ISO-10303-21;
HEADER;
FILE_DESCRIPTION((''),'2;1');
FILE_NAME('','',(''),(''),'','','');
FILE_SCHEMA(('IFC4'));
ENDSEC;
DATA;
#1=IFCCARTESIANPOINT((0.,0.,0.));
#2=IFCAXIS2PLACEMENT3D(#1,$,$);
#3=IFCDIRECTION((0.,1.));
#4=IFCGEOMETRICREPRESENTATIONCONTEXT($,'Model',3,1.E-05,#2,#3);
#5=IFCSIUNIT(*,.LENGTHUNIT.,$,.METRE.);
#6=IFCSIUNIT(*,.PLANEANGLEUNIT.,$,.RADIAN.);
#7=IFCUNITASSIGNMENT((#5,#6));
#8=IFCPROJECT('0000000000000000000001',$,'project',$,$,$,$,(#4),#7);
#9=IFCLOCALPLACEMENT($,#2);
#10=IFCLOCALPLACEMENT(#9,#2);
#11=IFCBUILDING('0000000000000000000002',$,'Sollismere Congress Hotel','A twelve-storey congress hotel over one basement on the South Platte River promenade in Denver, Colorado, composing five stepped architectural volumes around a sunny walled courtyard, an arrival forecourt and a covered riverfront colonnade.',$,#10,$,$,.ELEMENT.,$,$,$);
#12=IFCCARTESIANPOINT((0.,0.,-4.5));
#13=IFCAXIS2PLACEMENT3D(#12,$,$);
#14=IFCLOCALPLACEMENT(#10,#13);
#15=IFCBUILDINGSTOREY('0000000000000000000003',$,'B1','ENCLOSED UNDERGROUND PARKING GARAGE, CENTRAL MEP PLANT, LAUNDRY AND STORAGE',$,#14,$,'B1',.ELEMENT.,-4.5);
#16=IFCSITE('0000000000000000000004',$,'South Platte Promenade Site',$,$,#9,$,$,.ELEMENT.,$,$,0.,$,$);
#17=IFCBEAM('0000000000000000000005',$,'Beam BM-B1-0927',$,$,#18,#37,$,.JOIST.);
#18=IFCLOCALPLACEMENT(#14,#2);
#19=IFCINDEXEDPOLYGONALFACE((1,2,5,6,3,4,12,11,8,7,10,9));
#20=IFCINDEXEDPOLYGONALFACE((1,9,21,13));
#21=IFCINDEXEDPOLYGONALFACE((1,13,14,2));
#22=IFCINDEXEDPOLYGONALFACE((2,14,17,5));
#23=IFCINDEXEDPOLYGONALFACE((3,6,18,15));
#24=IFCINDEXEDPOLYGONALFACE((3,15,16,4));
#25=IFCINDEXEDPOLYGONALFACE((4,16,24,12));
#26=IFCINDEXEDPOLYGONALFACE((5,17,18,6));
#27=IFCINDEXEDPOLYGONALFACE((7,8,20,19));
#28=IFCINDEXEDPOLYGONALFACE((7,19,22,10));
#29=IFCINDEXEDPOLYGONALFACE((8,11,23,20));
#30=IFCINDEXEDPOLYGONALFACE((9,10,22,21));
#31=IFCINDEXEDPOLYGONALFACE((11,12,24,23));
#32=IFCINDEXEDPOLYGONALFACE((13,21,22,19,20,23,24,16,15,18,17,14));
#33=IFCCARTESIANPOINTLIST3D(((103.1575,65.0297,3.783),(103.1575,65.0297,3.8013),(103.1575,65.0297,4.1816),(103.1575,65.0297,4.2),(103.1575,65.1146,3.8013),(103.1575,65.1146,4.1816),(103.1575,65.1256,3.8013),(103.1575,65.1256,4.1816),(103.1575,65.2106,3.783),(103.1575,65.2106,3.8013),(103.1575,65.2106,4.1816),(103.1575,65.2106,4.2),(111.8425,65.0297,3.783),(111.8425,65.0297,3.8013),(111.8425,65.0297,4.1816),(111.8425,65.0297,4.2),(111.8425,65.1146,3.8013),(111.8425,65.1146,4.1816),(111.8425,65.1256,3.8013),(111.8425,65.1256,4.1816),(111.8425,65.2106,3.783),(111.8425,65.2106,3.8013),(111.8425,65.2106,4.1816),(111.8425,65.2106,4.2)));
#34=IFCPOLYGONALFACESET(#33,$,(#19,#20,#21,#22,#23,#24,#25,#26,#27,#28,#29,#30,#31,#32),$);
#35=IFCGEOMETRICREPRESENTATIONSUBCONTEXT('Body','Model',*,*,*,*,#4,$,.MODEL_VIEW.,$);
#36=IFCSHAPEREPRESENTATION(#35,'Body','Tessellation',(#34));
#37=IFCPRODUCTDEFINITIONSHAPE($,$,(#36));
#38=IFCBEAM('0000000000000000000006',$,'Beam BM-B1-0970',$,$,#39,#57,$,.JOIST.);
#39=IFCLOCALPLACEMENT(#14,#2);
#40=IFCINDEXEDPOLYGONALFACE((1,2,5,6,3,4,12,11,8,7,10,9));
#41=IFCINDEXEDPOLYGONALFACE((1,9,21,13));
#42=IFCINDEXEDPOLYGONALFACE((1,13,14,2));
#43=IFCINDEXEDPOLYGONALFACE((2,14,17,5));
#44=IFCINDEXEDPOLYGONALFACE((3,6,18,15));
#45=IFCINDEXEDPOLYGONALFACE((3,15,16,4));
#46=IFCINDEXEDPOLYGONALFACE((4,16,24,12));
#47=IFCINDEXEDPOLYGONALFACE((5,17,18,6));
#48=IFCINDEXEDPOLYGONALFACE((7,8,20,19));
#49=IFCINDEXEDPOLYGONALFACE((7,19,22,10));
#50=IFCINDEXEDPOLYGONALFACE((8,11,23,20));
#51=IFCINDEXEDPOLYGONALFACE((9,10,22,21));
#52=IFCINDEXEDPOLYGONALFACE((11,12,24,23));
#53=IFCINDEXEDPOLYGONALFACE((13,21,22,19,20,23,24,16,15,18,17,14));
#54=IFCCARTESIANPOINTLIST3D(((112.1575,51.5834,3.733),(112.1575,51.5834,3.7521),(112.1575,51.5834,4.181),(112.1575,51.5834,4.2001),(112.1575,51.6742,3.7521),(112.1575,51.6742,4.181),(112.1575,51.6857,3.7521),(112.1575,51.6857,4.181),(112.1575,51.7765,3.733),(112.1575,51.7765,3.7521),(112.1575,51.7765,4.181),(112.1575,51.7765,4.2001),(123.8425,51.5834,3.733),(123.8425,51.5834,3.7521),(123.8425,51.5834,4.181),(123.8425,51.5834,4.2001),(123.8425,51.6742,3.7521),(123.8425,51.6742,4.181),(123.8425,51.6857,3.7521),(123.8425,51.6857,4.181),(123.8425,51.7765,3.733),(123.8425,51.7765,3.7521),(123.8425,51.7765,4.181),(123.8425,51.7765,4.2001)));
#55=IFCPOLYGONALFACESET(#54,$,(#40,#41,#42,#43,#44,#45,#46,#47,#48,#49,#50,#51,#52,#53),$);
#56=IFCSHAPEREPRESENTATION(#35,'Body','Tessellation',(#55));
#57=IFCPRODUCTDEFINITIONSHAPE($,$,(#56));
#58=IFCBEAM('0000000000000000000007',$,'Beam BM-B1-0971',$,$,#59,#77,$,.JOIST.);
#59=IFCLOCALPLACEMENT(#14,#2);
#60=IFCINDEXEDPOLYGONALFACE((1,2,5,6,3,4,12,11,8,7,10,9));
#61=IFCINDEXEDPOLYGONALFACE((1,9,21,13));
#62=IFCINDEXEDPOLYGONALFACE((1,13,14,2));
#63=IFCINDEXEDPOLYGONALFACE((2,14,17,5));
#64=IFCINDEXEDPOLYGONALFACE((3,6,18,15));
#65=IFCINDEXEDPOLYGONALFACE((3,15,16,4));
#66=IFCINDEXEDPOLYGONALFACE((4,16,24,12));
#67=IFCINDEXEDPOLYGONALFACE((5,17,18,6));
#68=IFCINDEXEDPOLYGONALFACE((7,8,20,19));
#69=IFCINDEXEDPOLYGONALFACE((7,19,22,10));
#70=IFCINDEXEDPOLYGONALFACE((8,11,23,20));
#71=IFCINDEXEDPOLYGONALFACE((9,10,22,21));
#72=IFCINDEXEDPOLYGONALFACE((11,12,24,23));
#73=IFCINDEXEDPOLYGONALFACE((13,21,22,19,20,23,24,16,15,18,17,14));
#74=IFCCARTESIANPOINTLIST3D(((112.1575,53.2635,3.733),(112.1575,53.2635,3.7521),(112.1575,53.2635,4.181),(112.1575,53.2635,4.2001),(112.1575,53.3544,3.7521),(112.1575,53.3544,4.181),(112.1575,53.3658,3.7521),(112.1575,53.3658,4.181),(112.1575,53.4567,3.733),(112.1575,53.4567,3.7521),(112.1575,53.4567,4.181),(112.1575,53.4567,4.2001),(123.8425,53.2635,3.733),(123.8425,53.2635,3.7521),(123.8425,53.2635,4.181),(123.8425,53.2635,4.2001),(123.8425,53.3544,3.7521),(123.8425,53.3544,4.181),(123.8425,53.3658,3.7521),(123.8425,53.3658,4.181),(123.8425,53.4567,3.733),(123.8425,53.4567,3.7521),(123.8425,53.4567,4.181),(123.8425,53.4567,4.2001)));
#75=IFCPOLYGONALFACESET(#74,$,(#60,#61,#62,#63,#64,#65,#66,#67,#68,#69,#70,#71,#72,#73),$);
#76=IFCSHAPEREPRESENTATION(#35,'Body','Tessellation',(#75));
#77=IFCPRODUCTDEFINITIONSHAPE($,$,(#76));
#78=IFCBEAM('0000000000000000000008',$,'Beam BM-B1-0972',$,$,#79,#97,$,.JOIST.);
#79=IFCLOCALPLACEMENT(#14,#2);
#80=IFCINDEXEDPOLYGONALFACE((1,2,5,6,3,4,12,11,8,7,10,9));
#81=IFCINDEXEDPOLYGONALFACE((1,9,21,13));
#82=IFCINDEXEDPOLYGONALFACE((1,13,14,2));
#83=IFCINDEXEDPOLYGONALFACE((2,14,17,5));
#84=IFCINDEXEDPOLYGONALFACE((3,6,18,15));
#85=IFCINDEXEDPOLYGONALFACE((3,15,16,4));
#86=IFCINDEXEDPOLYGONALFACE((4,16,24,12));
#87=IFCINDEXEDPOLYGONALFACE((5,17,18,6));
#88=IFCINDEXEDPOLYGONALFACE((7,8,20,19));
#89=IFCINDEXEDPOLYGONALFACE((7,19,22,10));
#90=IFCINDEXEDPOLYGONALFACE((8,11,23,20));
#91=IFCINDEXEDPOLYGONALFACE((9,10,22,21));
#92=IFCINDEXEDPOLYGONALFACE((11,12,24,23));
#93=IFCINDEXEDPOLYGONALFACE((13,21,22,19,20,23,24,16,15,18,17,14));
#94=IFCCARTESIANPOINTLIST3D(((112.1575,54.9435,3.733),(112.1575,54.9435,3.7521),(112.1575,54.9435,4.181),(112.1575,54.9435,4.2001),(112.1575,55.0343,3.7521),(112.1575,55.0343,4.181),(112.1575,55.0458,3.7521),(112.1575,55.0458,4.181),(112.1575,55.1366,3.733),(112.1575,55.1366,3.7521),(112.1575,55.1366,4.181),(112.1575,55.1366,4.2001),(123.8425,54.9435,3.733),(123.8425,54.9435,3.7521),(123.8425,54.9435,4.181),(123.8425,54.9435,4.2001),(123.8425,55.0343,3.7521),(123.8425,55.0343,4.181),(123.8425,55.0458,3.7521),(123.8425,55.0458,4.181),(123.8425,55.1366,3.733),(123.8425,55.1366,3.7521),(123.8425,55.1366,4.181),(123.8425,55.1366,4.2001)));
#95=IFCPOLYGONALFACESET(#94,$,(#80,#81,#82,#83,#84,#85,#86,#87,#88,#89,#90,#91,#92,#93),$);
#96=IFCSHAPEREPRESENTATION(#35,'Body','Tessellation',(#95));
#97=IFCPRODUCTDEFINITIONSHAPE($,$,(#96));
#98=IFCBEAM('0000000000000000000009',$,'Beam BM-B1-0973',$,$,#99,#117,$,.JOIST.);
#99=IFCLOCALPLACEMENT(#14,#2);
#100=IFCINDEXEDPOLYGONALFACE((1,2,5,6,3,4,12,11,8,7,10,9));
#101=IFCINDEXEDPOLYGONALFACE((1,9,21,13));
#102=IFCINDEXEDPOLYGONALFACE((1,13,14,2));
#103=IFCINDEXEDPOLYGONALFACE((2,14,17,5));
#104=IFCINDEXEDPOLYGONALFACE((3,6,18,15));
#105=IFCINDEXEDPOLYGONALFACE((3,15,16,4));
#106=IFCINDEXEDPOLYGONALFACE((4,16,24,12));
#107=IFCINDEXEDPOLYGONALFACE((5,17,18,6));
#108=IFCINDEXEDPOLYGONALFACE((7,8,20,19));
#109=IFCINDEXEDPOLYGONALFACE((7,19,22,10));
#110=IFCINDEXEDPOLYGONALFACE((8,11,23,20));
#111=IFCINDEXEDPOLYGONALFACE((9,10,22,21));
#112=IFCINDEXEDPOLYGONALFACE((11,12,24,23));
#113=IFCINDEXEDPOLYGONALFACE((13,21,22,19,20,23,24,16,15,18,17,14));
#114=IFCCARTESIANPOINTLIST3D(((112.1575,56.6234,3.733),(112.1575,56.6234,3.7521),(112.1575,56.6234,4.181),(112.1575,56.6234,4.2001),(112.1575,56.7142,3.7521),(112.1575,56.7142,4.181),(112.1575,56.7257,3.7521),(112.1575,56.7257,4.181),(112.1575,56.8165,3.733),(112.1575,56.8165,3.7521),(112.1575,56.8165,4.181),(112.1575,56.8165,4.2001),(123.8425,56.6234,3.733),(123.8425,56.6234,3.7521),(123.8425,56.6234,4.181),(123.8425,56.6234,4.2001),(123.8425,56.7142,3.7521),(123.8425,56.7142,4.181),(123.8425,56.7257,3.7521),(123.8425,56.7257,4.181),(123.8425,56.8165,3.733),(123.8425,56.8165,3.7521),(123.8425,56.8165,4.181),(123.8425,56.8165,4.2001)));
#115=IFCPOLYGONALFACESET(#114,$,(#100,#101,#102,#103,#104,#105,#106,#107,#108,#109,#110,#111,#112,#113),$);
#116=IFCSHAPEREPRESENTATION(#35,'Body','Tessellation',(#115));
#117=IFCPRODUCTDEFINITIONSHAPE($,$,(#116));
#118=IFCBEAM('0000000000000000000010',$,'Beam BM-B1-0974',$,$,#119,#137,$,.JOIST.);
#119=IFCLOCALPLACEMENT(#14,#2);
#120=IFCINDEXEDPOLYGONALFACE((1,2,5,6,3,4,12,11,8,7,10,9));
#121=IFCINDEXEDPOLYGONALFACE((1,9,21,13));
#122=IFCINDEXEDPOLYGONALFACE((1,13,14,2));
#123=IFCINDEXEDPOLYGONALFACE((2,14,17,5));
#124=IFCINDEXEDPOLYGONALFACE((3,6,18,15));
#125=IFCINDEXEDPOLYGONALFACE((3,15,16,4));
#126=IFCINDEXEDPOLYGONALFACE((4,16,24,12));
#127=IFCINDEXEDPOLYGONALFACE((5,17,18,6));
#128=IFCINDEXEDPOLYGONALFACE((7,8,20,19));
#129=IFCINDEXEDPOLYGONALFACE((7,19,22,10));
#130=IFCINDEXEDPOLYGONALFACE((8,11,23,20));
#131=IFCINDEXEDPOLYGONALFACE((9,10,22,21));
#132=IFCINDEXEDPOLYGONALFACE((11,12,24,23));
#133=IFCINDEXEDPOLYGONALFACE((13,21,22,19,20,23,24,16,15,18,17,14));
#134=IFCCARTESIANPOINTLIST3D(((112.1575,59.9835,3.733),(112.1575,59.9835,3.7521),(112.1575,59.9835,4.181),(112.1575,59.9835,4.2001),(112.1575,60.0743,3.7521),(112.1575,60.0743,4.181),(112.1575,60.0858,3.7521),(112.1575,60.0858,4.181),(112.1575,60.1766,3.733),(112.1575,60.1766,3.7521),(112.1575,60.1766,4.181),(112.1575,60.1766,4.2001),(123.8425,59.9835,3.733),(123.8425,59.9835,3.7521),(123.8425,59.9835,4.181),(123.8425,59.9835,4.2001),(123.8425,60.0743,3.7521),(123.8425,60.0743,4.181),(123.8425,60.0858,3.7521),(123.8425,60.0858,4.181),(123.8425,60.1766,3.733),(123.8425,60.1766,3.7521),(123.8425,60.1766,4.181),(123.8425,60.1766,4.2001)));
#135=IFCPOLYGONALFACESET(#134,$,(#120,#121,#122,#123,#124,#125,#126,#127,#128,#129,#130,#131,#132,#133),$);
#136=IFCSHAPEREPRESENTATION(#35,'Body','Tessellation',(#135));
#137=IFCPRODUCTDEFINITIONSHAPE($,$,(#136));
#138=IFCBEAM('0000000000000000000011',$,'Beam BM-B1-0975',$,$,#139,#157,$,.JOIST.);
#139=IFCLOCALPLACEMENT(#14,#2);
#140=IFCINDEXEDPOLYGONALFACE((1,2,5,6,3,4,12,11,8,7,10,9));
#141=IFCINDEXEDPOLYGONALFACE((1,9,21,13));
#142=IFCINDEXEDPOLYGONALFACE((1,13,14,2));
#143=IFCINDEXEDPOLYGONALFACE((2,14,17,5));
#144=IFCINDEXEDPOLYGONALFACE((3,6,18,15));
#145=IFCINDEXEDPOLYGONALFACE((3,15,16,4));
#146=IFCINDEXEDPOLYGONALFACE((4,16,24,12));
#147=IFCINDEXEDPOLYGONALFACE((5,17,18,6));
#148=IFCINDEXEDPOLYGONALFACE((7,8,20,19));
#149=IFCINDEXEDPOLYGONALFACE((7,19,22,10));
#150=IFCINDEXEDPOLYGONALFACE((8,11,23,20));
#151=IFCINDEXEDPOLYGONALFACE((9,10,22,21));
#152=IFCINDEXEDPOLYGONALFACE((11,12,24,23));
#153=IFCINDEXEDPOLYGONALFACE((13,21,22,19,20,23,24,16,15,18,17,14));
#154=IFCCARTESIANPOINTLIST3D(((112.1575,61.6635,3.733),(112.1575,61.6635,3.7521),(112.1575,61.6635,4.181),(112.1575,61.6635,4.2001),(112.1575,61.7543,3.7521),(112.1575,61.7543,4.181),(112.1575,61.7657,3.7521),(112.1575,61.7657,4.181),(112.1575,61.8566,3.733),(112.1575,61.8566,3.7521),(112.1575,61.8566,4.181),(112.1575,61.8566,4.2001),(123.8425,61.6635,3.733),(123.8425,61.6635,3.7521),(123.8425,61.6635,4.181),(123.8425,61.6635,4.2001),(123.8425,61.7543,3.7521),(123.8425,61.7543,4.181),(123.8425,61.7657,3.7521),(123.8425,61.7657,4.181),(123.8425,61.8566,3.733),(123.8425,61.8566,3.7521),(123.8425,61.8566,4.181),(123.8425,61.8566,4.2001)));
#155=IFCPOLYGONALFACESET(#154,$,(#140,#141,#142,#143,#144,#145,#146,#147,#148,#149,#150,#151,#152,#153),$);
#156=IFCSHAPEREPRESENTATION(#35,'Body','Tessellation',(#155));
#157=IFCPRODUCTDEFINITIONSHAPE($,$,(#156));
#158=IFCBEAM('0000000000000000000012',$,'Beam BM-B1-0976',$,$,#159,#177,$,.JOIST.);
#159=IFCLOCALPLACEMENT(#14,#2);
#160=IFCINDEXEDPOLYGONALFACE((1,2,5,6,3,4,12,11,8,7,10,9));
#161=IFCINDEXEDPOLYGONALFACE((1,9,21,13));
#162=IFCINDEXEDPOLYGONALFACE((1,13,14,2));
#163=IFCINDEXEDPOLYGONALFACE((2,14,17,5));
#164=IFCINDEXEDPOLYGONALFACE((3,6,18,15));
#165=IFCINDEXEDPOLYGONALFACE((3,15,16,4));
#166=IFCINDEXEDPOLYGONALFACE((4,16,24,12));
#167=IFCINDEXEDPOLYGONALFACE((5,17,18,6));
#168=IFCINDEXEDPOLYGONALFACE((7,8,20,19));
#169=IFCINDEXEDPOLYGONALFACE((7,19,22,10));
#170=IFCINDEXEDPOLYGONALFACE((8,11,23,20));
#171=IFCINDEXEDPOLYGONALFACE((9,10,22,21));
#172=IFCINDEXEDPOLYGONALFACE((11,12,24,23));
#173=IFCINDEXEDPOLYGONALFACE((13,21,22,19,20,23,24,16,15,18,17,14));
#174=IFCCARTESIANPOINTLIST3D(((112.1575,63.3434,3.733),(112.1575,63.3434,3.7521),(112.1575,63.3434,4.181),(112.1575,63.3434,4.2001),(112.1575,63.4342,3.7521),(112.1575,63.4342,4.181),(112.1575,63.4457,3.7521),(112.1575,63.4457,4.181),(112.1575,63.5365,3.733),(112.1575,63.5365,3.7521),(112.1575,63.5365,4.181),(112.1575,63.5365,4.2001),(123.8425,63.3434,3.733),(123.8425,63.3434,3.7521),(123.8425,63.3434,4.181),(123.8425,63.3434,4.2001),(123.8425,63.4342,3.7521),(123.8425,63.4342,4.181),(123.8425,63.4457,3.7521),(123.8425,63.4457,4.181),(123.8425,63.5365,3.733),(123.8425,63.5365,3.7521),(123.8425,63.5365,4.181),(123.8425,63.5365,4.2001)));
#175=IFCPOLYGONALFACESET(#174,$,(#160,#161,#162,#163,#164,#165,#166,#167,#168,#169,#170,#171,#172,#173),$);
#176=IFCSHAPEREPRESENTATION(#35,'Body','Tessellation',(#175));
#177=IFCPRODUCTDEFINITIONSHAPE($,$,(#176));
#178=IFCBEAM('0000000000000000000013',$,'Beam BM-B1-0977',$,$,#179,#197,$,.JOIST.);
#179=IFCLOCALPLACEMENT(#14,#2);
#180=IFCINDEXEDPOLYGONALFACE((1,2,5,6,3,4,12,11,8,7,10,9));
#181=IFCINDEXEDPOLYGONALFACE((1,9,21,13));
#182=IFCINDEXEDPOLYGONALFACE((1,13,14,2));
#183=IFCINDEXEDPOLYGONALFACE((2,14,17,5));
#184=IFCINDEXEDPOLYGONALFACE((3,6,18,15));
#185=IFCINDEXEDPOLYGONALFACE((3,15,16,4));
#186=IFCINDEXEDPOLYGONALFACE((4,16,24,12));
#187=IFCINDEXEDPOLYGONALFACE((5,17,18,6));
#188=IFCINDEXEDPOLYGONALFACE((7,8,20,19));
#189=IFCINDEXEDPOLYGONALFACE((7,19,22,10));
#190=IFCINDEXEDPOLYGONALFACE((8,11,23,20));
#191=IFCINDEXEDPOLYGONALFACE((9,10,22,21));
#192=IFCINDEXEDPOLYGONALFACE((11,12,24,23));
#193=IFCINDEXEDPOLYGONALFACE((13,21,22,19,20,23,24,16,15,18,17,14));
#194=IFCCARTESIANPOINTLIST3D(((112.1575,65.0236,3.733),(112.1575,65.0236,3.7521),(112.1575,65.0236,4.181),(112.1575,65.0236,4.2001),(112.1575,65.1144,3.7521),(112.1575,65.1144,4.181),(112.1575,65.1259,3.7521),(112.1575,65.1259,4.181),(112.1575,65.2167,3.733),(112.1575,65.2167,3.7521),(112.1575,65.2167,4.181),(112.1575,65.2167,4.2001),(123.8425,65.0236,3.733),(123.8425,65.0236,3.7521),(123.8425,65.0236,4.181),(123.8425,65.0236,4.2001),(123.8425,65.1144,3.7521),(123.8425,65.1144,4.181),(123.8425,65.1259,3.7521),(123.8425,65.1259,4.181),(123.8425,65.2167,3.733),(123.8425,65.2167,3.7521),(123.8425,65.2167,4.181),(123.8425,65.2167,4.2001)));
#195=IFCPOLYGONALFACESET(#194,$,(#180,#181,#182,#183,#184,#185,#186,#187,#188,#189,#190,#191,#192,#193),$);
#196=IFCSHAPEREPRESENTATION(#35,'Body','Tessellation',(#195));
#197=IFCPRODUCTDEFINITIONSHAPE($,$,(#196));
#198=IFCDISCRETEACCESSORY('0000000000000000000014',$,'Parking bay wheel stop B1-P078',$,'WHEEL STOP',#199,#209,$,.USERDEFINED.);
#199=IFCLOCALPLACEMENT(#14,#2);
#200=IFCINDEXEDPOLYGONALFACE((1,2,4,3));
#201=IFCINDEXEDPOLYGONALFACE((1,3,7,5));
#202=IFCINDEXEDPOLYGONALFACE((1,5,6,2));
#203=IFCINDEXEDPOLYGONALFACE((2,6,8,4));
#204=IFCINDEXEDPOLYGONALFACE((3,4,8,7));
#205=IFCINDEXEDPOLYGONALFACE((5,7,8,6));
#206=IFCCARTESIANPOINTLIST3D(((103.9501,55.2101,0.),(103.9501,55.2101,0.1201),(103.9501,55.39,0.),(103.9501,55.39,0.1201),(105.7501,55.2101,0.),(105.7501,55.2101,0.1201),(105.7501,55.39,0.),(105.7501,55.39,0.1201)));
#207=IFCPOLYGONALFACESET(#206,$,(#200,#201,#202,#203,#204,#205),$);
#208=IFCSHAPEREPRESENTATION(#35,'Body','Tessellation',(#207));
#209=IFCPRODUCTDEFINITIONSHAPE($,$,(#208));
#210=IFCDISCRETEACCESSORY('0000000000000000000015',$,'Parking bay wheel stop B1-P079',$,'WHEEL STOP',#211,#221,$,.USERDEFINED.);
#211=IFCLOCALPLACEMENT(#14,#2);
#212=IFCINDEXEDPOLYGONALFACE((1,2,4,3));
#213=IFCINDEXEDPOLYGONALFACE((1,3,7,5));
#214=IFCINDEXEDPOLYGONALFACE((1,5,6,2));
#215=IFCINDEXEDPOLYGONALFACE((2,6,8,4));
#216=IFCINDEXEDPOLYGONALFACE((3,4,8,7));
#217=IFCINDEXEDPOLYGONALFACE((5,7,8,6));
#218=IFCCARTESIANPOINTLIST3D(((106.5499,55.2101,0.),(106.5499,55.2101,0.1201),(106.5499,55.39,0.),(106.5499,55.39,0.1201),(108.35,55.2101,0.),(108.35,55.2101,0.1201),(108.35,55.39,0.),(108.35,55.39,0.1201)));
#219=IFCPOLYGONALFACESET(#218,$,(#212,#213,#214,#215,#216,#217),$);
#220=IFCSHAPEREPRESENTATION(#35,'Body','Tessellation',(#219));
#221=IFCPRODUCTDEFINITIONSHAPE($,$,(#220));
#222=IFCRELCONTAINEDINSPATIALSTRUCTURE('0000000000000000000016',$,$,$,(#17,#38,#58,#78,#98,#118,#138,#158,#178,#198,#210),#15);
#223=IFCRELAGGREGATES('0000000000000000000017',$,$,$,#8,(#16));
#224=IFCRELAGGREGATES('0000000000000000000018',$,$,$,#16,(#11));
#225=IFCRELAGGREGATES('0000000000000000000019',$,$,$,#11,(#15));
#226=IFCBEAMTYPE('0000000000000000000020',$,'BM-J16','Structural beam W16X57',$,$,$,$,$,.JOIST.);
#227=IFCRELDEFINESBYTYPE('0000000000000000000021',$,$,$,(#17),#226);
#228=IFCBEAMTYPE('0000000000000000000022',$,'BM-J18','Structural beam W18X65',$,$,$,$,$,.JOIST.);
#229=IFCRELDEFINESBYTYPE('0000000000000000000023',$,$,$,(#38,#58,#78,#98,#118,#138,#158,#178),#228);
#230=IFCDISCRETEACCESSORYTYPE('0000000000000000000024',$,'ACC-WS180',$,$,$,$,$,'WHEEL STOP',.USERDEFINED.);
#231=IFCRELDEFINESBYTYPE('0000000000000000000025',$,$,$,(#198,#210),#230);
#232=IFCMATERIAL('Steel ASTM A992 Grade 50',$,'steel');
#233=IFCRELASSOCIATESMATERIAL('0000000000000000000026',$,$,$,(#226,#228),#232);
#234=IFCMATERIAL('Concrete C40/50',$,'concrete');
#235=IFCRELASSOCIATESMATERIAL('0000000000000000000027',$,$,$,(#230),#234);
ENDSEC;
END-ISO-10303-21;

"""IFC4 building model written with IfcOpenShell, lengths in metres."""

from ifc_helpers import new_model, si_unit, direction, frame, origin, origin_2d, place, context, subcontext, project, spatial, rectangle, i_section, extrude, material, material_profile, profile_set, type_object, element, save


model = new_model("IFC4")

# Units and contexts
model_context = context("Model", 3, precision=1e-05, world=origin(), true_north=direction((0.0, 1.0)))
body_context = subcontext(model_context, "Body", "Model", "MODEL_VIEW")
ifc_project = project(units=[si_unit("LENGTHUNIT", "METRE"), si_unit("PLANEANGLEUNIT", "RADIAN")], contexts=[model_context])

# Site, building, storey
site_placement = place(None, origin())
site = spatial("IfcSite", under=ifc_project, at=site_placement, Name="South Platte Promenade Site", CompositionType="ELEMENT", RefElevation=0.0)
building_placement = place(site_placement, origin())
building = spatial("IfcBuilding", under=site, at=building_placement, Name="Sollismere Congress Hotel", Description="A twelve-storey congress hotel over one basement on the South Platte River promenade in Denver, Colorado, composing five stepped architectural volumes around a sunny walled courtyard, an arrival forecourt and a covered riverfront colonnade.", CompositionType="ELEMENT")
storey_placement = place(building_placement, frame((0.0, 0.0, -4.5)))
storey = spatial("IfcBuildingStorey", under=building, at=storey_placement, Name="B1", Description="ENCLOSED UNDERGROUND PARKING GARAGE, CENTRAL MEP PLANT, LAUNDRY AND STORAGE", LongName="B1", CompositionType="ELEMENT", Elevation=-4.5)

# Shared definitions
ifc_material_1 = material(Name="Concrete C40/50", Category="concrete")

# Beams
ifc_material_2 = material(Name="Steel ASTM A992 Grade 50", Category="steel")
ifc_material_profile_1 = material_profile(ifc_material_2, i_section(OverallWidth=0.1809, OverallDepth=0.417, WebThickness=0.011, FlangeThickness=0.0183, at=origin_2d()), Name="W16X57")
ifc_profile_set_1 = profile_set([ifc_material_profile_1], Name="Steel ASTM A992 Grade 50")
beam_type_1 = type_object("IfcBeamType", Name="BM-J16", Description="Structural beam W16X57", PredefinedType="JOIST", material=ifc_profile_set_1)
beam_1_placement = place(storey_placement, frame((103.1575, 65.1201, 3.9915), z_axis=(1.0, 0.0, 0.0), x_axis=(0.0, 1.0, 0.0)))
element("IfcBeam", 1, at=beam_1_placement, inside=storey, type_object=beam_type_1, Name="Beam BM-B1-0927", PredefinedType="JOIST", context=body_context, shape_type="SweptSolid", body=[
    extrude(i_section(OverallWidth=0.1809, OverallDepth=0.417, WebThickness=0.011, FlangeThickness=0.0183, at=origin_2d()), origin(), (0.0, 0.0, 1.0), 8.6851),
])
ifc_material_profile_2 = material_profile(ifc_material_2, i_section(OverallWidth=0.1931, OverallDepth=0.467, WebThickness=0.0115, FlangeThickness=0.019, at=origin_2d()), Name="W18X65")
ifc_profile_set_2 = profile_set([ifc_material_profile_2], Name="Steel ASTM A992 Grade 50")
beam_type_2 = type_object("IfcBeamType", Name="BM-J18", Description="Structural beam W18X65", PredefinedType="JOIST", material=ifc_profile_set_2)
for number, where, z_axis, x_axis, name in (
    (2, (112.1575, 51.6799, 3.9666), (1.0, 0.0, 0.0), (0.0, 1.0, 0.0), "Beam BM-B1-0970"),
    (3, (112.1575, 53.3601, 3.9666), (1.0, 0.0, 0.0), (0.0, 1.0, 0.0), "Beam BM-B1-0971"),
    (4, (112.1575, 55.04, 3.9666), (1.0, 0.0, 0.0), (0.0, 1.0, 0.0), "Beam BM-B1-0972"),
    (5, (112.1575, 56.72, 3.9666), (1.0, 0.0, 0.0), (0.0, 1.0, 0.0), "Beam BM-B1-0973"),
    (6, (112.1575, 60.0801, 3.9666), (1.0, 0.0, 0.0), (0.0, 1.0, 0.0), "Beam BM-B1-0974"),
    (7, (112.1575, 61.76, 3.9666), (1.0, 0.0, 0.0), (0.0, 1.0, 0.0), "Beam BM-B1-0975"),
    (8, (112.1575, 63.4399, 3.9666), (1.0, 0.0, 0.0), (0.0, 1.0, 0.0), "Beam BM-B1-0976"),
    (9, (112.1575, 65.1201, 3.9666), (1.0, 0.0, 0.0), (0.0, 1.0, 0.0), "Beam BM-B1-0977"),
):
    element("IfcBeam", number, at=place(storey_placement, frame(where, z_axis=z_axis, x_axis=x_axis)), inside=storey, type_object=beam_type_2, Name=name, PredefinedType="JOIST", context=body_context, shape_type="SweptSolid", body=[
        extrude(i_section(OverallWidth=0.1931, OverallDepth=0.467, WebThickness=0.0115, FlangeThickness=0.019, at=origin_2d()), origin(), (0.0, 0.0, 1.0), 11.6851),
    ])

# Discrete accessories
discrete_accessory_type = type_object("IfcDiscreteAccessoryType", Name="ACC-WS180", ElementType="WHEEL STOP", PredefinedType="USERDEFINED", material=ifc_material_1)
for number, where, z_axis, x_axis, name in (
    (10, (104.8501, 55.3, 0.0), (0.0, 0.0, 1.0), (1.0, 0.0, 0.0), "Parking bay wheel stop B1-P078"),
    (11, (107.45, 55.3, 0.0), (0.0, 0.0, 1.0), (1.0, 0.0, 0.0), "Parking bay wheel stop B1-P079"),
):
    element("IfcDiscreteAccessory", number, at=place(storey_placement, frame(where, z_axis=z_axis, x_axis=x_axis)), inside=storey, type_object=discrete_accessory_type, Name=name, ObjectType="WHEEL STOP", PredefinedType="USERDEFINED", context=body_context, shape_type="SweptSolid", body=[
        extrude(rectangle(XDim=1.8, YDim=0.1799, at=origin_2d()), origin(), (0.0, 0.0, 1.0), 0.1201),
    ])

save(model, "model.ifc")
